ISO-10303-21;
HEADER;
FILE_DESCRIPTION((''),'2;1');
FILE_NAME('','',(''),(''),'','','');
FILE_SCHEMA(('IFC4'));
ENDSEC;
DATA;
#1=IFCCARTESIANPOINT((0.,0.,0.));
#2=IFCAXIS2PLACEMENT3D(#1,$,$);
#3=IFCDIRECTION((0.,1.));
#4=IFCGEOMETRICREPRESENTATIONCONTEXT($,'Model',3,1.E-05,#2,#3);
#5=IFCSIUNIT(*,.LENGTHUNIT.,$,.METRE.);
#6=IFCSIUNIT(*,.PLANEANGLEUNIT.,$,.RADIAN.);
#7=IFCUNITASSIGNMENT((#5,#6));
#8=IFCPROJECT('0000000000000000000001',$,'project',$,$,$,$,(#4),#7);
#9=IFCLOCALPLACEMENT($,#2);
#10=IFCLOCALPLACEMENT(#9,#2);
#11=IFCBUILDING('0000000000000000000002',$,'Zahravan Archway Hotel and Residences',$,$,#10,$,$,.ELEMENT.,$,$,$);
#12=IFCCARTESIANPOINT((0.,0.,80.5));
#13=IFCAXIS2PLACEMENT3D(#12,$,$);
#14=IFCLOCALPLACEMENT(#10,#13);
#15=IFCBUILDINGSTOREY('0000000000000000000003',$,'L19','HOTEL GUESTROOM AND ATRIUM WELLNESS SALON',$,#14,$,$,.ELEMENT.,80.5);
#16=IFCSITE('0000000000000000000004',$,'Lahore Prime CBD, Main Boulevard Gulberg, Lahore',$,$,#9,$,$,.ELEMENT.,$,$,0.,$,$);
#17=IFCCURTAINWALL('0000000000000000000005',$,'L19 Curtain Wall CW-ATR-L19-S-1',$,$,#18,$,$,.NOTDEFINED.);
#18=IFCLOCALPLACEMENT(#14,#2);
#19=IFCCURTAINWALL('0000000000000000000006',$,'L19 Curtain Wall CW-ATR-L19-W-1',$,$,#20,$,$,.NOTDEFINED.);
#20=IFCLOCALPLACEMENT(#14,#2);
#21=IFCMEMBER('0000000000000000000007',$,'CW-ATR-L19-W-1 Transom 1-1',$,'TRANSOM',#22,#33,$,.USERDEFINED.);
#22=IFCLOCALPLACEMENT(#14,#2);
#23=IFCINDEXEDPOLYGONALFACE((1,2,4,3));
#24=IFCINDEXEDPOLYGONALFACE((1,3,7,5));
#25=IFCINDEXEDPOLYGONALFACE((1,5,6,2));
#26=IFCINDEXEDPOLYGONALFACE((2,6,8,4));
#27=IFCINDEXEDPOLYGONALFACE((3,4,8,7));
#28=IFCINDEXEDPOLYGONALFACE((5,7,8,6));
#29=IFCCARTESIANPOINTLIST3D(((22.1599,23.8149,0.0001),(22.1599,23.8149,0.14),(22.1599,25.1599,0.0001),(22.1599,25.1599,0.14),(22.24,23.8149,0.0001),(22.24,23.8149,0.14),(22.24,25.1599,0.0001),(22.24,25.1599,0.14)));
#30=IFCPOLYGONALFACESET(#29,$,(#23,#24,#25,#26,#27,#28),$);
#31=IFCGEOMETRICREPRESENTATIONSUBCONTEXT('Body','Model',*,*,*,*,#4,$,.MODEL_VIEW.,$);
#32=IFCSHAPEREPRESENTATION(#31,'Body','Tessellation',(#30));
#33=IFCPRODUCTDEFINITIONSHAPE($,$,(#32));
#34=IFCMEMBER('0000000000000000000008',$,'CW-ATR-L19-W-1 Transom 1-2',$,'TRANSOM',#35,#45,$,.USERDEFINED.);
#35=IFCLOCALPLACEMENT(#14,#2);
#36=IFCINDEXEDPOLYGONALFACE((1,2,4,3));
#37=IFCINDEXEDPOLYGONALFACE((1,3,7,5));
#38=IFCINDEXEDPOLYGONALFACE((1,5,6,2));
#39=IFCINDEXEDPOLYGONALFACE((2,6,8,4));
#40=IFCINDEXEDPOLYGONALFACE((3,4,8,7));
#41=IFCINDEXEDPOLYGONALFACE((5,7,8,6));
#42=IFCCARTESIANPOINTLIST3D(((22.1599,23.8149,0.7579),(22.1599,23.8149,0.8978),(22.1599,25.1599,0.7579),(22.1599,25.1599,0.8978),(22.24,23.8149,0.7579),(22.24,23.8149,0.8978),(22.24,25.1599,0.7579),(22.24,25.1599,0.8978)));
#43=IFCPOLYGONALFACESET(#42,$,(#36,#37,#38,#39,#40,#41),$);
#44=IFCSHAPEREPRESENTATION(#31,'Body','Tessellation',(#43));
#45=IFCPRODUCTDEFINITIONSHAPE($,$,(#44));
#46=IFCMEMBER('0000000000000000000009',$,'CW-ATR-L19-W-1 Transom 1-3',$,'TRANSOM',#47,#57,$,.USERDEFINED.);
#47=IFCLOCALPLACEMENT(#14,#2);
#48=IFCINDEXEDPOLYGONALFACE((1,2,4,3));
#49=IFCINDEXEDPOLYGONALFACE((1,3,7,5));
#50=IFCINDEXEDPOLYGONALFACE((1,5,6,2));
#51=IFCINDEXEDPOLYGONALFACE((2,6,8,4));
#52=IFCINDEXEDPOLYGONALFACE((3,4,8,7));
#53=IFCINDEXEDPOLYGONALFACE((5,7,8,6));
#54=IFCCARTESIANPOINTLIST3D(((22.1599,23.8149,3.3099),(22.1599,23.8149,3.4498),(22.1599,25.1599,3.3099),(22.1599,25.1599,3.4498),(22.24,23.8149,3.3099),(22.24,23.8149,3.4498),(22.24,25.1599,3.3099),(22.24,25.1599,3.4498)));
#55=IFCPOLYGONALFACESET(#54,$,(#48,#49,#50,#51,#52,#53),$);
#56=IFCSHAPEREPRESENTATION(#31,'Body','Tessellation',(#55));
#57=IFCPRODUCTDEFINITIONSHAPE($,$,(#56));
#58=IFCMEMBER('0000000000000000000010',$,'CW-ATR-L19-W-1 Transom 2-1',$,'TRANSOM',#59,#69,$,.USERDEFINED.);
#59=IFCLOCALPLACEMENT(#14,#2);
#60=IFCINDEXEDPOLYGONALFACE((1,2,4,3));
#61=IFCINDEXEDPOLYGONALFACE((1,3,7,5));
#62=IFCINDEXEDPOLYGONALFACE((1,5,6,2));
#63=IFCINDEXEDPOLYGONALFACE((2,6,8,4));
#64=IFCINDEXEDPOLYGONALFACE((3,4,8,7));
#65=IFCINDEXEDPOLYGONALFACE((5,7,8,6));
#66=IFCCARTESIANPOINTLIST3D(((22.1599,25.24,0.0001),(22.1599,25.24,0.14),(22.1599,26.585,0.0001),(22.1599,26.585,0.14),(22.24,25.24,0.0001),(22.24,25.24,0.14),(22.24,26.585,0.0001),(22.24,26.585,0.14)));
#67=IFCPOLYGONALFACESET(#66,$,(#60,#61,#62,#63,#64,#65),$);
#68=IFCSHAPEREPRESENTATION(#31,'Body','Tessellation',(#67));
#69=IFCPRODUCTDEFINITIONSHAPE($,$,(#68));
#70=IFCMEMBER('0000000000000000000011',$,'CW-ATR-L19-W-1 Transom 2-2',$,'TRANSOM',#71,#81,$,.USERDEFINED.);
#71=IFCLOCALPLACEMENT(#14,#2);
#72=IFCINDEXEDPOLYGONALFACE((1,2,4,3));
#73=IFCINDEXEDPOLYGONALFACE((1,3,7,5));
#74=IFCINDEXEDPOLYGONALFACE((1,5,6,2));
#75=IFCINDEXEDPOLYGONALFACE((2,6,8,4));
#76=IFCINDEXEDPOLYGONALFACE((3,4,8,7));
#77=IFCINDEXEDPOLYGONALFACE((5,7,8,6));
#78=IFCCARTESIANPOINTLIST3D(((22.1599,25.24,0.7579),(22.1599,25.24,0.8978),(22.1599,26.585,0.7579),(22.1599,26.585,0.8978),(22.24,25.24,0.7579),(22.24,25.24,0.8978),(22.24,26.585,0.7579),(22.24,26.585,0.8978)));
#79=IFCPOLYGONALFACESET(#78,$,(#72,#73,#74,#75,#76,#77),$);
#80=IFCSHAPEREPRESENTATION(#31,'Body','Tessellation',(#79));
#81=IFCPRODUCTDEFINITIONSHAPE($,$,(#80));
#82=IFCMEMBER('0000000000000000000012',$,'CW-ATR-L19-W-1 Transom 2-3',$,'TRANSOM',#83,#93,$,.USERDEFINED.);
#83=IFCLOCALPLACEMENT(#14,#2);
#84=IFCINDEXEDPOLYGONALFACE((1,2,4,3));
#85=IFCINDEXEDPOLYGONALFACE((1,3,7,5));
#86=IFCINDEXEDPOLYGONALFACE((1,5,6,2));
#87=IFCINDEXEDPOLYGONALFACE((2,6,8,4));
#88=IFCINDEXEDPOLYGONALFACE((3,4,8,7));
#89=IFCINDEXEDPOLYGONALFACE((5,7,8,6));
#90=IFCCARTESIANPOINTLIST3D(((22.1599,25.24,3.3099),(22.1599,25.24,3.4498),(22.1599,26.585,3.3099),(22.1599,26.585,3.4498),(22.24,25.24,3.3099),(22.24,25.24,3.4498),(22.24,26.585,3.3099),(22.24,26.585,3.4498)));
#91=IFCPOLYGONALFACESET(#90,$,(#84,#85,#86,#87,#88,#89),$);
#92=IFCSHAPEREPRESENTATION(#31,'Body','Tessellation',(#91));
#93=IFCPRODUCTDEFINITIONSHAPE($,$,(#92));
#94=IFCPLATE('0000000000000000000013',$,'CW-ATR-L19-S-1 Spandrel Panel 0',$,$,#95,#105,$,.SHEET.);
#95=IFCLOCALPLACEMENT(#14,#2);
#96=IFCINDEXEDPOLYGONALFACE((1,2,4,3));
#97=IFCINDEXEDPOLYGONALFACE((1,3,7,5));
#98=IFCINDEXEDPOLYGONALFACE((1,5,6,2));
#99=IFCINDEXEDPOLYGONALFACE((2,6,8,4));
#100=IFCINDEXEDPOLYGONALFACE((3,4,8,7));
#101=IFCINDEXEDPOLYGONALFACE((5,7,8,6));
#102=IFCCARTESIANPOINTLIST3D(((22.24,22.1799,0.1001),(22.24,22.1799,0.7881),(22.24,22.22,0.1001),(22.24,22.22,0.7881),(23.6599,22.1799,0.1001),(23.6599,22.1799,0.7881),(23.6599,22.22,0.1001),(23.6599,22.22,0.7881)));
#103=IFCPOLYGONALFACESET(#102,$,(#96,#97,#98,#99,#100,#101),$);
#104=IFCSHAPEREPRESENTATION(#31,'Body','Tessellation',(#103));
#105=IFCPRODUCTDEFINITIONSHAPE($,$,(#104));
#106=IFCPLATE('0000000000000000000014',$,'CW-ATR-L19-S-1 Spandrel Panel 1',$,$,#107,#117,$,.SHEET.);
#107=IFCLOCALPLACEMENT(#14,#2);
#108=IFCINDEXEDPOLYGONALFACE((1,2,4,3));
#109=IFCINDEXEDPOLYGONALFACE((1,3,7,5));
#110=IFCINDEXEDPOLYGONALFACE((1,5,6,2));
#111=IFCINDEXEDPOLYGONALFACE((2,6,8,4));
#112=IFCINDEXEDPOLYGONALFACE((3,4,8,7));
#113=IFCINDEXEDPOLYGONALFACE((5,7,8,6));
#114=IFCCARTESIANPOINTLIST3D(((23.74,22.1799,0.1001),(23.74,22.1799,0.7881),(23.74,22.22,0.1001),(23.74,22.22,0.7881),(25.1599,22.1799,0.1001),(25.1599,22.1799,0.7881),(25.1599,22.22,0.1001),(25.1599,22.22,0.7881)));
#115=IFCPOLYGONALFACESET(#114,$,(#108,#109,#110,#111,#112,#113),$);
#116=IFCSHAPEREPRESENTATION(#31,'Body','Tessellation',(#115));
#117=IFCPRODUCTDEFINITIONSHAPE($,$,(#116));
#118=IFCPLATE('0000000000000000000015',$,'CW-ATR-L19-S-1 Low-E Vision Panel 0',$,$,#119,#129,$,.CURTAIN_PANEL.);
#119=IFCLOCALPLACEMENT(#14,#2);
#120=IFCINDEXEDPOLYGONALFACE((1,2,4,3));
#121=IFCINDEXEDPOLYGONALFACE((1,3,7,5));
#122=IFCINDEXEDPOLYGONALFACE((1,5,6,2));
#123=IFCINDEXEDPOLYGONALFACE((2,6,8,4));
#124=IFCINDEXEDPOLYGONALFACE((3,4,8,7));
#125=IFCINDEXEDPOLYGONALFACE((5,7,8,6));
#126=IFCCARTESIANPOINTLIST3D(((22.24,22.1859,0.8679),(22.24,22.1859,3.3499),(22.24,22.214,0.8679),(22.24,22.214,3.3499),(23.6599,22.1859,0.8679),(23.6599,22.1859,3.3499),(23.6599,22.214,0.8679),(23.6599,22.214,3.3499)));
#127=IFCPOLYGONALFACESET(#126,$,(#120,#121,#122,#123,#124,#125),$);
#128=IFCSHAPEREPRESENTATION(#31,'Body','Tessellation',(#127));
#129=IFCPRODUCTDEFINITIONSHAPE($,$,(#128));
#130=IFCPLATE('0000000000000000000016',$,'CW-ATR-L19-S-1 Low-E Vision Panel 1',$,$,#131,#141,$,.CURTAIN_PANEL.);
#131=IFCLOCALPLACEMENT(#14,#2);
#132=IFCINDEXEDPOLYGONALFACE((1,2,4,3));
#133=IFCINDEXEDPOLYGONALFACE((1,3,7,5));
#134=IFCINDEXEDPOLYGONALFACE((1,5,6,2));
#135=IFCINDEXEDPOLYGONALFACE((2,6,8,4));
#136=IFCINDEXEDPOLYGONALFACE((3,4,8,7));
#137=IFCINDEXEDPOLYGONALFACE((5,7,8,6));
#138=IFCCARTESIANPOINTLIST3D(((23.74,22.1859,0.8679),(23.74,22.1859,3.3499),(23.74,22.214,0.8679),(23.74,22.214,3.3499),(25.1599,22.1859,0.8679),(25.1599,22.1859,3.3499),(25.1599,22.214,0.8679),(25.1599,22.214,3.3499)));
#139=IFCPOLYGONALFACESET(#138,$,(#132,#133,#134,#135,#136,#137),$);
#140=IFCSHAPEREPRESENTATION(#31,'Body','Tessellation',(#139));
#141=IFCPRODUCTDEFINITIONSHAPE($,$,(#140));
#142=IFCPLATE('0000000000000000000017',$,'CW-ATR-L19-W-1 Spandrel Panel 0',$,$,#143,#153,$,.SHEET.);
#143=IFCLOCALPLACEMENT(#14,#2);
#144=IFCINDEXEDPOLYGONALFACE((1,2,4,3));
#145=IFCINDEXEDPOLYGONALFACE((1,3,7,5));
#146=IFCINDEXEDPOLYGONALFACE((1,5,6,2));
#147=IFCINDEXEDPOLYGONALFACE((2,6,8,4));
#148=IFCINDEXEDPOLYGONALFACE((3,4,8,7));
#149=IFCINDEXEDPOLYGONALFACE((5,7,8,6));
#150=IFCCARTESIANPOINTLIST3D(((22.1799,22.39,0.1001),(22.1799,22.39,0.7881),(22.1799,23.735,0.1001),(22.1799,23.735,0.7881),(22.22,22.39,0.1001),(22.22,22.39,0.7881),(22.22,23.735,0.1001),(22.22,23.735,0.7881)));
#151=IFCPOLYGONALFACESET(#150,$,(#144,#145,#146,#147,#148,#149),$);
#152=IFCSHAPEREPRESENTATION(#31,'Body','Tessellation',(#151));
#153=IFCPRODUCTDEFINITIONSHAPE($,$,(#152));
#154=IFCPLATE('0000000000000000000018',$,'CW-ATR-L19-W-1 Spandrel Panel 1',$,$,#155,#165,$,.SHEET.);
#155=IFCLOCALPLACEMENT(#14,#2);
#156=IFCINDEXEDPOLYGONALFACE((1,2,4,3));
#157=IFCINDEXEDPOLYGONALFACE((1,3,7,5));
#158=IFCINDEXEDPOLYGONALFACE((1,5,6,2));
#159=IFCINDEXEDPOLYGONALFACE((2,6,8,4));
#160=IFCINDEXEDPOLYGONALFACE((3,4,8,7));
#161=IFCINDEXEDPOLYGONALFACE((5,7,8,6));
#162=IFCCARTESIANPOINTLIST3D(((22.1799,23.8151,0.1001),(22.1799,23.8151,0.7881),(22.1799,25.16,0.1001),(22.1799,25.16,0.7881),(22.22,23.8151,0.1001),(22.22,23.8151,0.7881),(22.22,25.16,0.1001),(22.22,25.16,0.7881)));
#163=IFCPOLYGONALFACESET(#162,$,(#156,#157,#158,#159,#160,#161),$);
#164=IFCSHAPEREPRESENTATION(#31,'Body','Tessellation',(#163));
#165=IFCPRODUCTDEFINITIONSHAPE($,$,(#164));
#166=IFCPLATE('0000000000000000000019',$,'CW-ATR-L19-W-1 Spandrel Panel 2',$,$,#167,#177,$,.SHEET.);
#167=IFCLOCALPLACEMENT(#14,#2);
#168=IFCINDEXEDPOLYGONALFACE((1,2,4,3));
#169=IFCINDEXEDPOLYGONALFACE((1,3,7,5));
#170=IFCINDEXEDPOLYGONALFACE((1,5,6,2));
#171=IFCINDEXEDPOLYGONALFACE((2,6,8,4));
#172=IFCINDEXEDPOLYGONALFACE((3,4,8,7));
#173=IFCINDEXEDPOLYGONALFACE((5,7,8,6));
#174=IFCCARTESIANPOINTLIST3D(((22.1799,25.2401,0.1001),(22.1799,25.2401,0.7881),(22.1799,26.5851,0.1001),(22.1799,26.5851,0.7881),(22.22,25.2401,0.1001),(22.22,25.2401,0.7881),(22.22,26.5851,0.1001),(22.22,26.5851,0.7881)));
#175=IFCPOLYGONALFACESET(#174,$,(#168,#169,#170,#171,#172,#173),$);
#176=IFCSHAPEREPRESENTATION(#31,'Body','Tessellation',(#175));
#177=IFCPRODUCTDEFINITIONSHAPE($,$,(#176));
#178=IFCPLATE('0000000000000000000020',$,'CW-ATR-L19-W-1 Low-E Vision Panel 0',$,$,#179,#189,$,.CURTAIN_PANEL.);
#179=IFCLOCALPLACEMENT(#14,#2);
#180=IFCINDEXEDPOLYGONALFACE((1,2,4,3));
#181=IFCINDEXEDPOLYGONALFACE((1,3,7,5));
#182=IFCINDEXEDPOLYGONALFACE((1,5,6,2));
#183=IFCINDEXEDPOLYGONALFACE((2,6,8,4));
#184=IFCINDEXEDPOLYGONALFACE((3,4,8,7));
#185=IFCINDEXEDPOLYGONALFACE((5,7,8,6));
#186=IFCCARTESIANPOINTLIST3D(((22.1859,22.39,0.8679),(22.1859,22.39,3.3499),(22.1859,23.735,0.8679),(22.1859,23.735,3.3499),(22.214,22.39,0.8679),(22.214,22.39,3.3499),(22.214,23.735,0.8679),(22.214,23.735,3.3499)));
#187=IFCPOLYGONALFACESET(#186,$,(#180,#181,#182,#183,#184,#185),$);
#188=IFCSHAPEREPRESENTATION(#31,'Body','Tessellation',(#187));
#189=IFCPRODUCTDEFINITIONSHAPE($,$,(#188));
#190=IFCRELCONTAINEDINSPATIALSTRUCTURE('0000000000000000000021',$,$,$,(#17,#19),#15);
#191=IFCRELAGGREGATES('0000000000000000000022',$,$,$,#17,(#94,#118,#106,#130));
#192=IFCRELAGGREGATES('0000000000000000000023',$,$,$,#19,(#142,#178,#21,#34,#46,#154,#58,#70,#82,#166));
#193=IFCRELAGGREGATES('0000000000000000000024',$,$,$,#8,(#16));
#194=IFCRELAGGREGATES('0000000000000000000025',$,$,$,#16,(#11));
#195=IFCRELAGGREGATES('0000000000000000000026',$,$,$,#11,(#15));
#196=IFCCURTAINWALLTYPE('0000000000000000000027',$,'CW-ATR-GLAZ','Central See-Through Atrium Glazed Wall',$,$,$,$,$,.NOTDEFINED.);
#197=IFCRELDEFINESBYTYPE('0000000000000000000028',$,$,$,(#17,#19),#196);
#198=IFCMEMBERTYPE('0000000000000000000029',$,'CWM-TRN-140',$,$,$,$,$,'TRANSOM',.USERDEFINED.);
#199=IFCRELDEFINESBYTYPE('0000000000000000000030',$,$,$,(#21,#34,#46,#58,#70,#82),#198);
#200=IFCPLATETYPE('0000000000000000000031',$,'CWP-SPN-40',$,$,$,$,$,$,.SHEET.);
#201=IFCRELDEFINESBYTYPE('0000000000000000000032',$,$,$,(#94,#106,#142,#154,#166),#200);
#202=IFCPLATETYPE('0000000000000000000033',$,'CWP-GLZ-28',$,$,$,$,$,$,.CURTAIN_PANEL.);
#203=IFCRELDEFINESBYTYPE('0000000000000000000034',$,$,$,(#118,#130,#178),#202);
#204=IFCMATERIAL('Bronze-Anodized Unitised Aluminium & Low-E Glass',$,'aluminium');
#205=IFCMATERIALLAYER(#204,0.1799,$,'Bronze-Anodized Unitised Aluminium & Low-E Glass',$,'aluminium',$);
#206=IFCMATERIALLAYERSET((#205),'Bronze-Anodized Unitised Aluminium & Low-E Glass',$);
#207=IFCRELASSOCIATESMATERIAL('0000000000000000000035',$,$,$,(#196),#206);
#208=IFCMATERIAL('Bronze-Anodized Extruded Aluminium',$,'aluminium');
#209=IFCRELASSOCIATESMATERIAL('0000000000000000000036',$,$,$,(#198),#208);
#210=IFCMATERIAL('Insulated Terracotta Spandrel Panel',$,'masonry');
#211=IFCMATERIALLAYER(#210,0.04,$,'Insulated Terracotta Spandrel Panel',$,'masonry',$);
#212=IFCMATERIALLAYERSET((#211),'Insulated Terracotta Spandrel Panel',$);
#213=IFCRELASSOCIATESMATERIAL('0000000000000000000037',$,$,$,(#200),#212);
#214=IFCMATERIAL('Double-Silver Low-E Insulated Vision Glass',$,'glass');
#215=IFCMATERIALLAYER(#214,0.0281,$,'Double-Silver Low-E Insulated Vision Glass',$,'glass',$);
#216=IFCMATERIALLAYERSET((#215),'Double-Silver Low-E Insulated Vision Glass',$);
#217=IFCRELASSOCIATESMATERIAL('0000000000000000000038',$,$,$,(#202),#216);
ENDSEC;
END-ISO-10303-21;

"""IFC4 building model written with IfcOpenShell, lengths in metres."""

from ifc_helpers import new_model, si_unit, direction, frame, origin, origin_2d, place, context, subcontext, project, spatial, rectangle, extrude, source, transform, mapped, material, layer, layer_set, material_profile, profile_set, type_object, element, aggregate, save


model = new_model("IFC4")

# Units and contexts
model_context = context("Model", 3, precision=1e-05, world=origin(), true_north=direction((0.0, 1.0)))
body_context = subcontext(model_context, "Body", "Model", "MODEL_VIEW")
ifc_project = project(units=[si_unit("LENGTHUNIT", "METRE"), si_unit("PLANEANGLEUNIT", "RADIAN")], contexts=[model_context])

# Site, building, storey
site_placement = place(None, origin())
site = spatial("IfcSite", under=ifc_project, at=site_placement, Name="Lahore Prime CBD, Main Boulevard Gulberg, Lahore", CompositionType="ELEMENT", RefElevation=0.0)
building_placement = place(site_placement, origin())
building = spatial("IfcBuilding", under=site, at=building_placement, Name="Zahravan Archway Hotel and Residences", CompositionType="ELEMENT")
storey_placement = place(building_placement, frame((0.0, 0.0, 80.5)))
storey = spatial("IfcBuildingStorey", under=building, at=storey_placement, Name="L19", Description="HOTEL GUESTROOM AND ATRIUM WELLNESS SALON", CompositionType="ELEMENT", Elevation=80.5)

# Curtain walls
ifc_material_1 = material(Name="Bronze-Anodized Unitised Aluminium & Low-E Glass", Category="aluminium")
ifc_layer_1 = layer(ifc_material_1, 0.1799, Name="Bronze-Anodized Unitised Aluminium & Low-E Glass", Category="aluminium")
ifc_layer_set_1 = layer_set([ifc_layer_1], Name="Bronze-Anodized Unitised Aluminium & Low-E Glass")
curtain_wall_type = type_object("IfcCurtainWallType", Name="CW-ATR-GLAZ", Description="Central See-Through Atrium Glazed Wall", PredefinedType="NOTDEFINED", material=ifc_layer_set_1)
curtain_wall_1_placement = place(storey_placement, origin())
curtain_wall_1 = element("IfcCurtainWall", 1, at=curtain_wall_1_placement, inside=storey, type_object=curtain_wall_type, Name="L19 Curtain Wall CW-ATR-L19-S-1", PredefinedType="NOTDEFINED")
ifc_material_2 = material(Name="Bronze-Anodized Extruded Aluminium", Category="aluminium")
curtain_wall_2_placement = place(storey_placement, origin())
curtain_wall_2 = element("IfcCurtainWall", 2, at=curtain_wall_2_placement, inside=storey, type_object=curtain_wall_type, Name="L19 Curtain Wall CW-ATR-L19-W-1", PredefinedType="NOTDEFINED")

# Members
ifc_material_profile_1 = material_profile(ifc_material_2, rectangle(XDim=0.0801, YDim=0.1399, at=origin_2d()), Name="TRN 80x140", Category="aluminium")
ifc_profile_set_1 = profile_set([ifc_material_profile_1], Name="Bronze-Anodized Extruded Aluminium")
member_type_1 = type_object("IfcMemberType", Name="CWM-TRN-140", ElementType="TRANSOM", PredefinedType="USERDEFINED", material=ifc_profile_set_1)
shared_shape_1 = source(origin(), body_context, "Body", "SweptSolid", [
    extrude(rectangle(XDim=0.0801, YDim=0.1399, at=origin_2d()), origin(), (0.0, 0.0, 1.0), 1.345),
])
member_1_placement = place(storey_placement, frame((22.2, 23.8149, 0.0701), z_axis=(0.0, 1.0, 0.0), x_axis=(-1.0, 0.0, 0.0)))
member_1 = element("IfcMember", 3, at=member_1_placement, type_object=member_type_1, Name="CW-ATR-L19-W-1 Transom 1-1", ObjectType="TRANSOM", PredefinedType="USERDEFINED", context=body_context, shape_type="MappedRepresentation", body=[
    mapped(shared_shape_1, transform((0.0, 0.0, 0.0), scale=1.0)),
])
member_2_placement = place(storey_placement, frame((22.2, 23.8149, 0.8279), z_axis=(0.0, 1.0, 0.0), x_axis=(-1.0, 0.0, 0.0)))
member_2 = element("IfcMember", 4, at=member_2_placement, type_object=member_type_1, Name="CW-ATR-L19-W-1 Transom 1-2", ObjectType="TRANSOM", PredefinedType="USERDEFINED", context=body_context, shape_type="MappedRepresentation", body=[
    mapped(shared_shape_1, transform((0.0, 0.0, 0.0), scale=1.0)),
])
member_3_placement = place(storey_placement, frame((22.2, 23.8149, 3.3799), z_axis=(0.0, 1.0, 0.0), x_axis=(-1.0, 0.0, 0.0)))
member_3 = element("IfcMember", 5, at=member_3_placement, type_object=member_type_1, Name="CW-ATR-L19-W-1 Transom 1-3", ObjectType="TRANSOM", PredefinedType="USERDEFINED", context=body_context, shape_type="MappedRepresentation", body=[
    mapped(shared_shape_1, transform((0.0, 0.0, 0.0), scale=1.0)),
])
member_4_placement = place(storey_placement, frame((22.2, 25.24, 0.0701), z_axis=(0.0, 1.0, 0.0), x_axis=(-1.0, 0.0, 0.0)))
member_4 = element("IfcMember", 6, at=member_4_placement, type_object=member_type_1, Name="CW-ATR-L19-W-1 Transom 2-1", ObjectType="TRANSOM", PredefinedType="USERDEFINED", context=body_context, shape_type="MappedRepresentation", body=[
    mapped(shared_shape_1, transform((0.0, 0.0, 0.0), scale=1.0)),
])
member_5_placement = place(storey_placement, frame((22.2, 25.24, 0.8279), z_axis=(0.0, 1.0, 0.0), x_axis=(-1.0, 0.0, 0.0)))
member_5 = element("IfcMember", 7, at=member_5_placement, type_object=member_type_1, Name="CW-ATR-L19-W-1 Transom 2-2", ObjectType="TRANSOM", PredefinedType="USERDEFINED", context=body_context, shape_type="MappedRepresentation", body=[
    mapped(shared_shape_1, transform((0.0, 0.0, 0.0), scale=1.0)),
])
member_6_placement = place(storey_placement, frame((22.2, 25.24, 3.3799), z_axis=(0.0, 1.0, 0.0), x_axis=(-1.0, 0.0, 0.0)))
member_6 = element("IfcMember", 8, at=member_6_placement, type_object=member_type_1, Name="CW-ATR-L19-W-1 Transom 2-3", ObjectType="TRANSOM", PredefinedType="USERDEFINED", context=body_context, shape_type="MappedRepresentation", body=[
    mapped(shared_shape_1, transform((0.0, 0.0, 0.0), scale=1.0)),
])

# Plates
ifc_material_3 = material(Name="Insulated Terracotta Spandrel Panel", Category="masonry")
ifc_layer_2 = layer(ifc_material_3, 0.04, Name="Insulated Terracotta Spandrel Panel", Category="masonry")
ifc_layer_set_2 = layer_set([ifc_layer_2], Name="Insulated Terracotta Spandrel Panel")
plate_type_1 = type_object("IfcPlateType", Name="CWP-SPN-40", PredefinedType="SHEET", material=ifc_layer_set_2)
shared_shape_2 = source(origin(), body_context, "Body", "SweptSolid", [
    extrude(rectangle(XDim=1.4199, YDim=0.04, at=origin_2d()), origin(), (0.0, 0.0, 1.0), 0.688),
])
plate_1_placement = place(storey_placement, frame((22.95, 22.2, 0.1001), z_axis=(0.0, 0.0, 1.0), x_axis=(1.0, 0.0, 0.0)))
plate_1 = element("IfcPlate", 9, at=plate_1_placement, type_object=plate_type_1, Name="CW-ATR-L19-S-1 Spandrel Panel 0", PredefinedType="SHEET", context=body_context, shape_type="MappedRepresentation", body=[
    mapped(shared_shape_2, transform((0.0, 0.0, 0.0), scale=1.0)),
])
plate_2_placement = place(storey_placement, frame((24.45, 22.2, 0.1001), z_axis=(0.0, 0.0, 1.0), x_axis=(1.0, 0.0, 0.0)))
plate_2 = element("IfcPlate", 10, at=plate_2_placement, type_object=plate_type_1, Name="CW-ATR-L19-S-1 Spandrel Panel 1", PredefinedType="SHEET", context=body_context, shape_type="MappedRepresentation", body=[
    mapped(shared_shape_2, transform((0.0, 0.0, 0.0), scale=1.0)),
])
ifc_material_4 = material(Name="Double-Silver Low-E Insulated Vision Glass", Category="glass")
ifc_layer_3 = layer(ifc_material_4, 0.0281, Name="Double-Silver Low-E Insulated Vision Glass", Category="glass")
ifc_layer_set_3 = layer_set([ifc_layer_3], Name="Double-Silver Low-E Insulated Vision Glass")
plate_type_2 = type_object("IfcPlateType", Name="CWP-GLZ-28", PredefinedType="CURTAIN_PANEL", material=ifc_layer_set_3)
shared_shape_3 = source(origin(), body_context, "Body", "SweptSolid", [
    extrude(rectangle(XDim=1.4199, YDim=0.0281, at=origin_2d()), origin(), (0.0, 0.0, 1.0), 2.4819),
])
plate_3_placement = place(storey_placement, frame((22.95, 22.2, 0.8679), z_axis=(0.0, 0.0, 1.0), x_axis=(1.0, 0.0, 0.0)))
plate_3 = element("IfcPlate", 11, at=plate_3_placement, type_object=plate_type_2, Name="CW-ATR-L19-S-1 Low-E Vision Panel 0", PredefinedType="CURTAIN_PANEL", context=body_context, shape_type="MappedRepresentation", body=[
    mapped(shared_shape_3, transform((0.0, 0.0, 0.0), scale=1.0)),
])
plate_4_placement = place(storey_placement, frame((24.45, 22.2, 0.8679), z_axis=(0.0, 0.0, 1.0), x_axis=(1.0, 0.0, 0.0)))
plate_4 = element("IfcPlate", 12, at=plate_4_placement, type_object=plate_type_2, Name="CW-ATR-L19-S-1 Low-E Vision Panel 1", PredefinedType="CURTAIN_PANEL", context=body_context, shape_type="MappedRepresentation", body=[
    mapped(shared_shape_3, transform((0.0, 0.0, 0.0), scale=1.0)),
])
aggregate(curtain_wall_1, [plate_1, plate_3, plate_2, plate_4])
shared_shape_4 = source(origin(), body_context, "Body", "SweptSolid", [
    extrude(rectangle(XDim=1.345, YDim=0.04, at=origin_2d()), origin(), (0.0, 0.0, 1.0), 0.688),
])
plate_5_placement = place(storey_placement, frame((22.2, 23.0625, 0.1001), z_axis=(0.0, 0.0, 1.0), x_axis=(0.0, 1.0, 0.0)))
plate_5 = element("IfcPlate", 13, at=plate_5_placement, type_object=plate_type_1, Name="CW-ATR-L19-W-1 Spandrel Panel 0", PredefinedType="SHEET", context=body_context, shape_type="MappedRepresentation", body=[
    mapped(shared_shape_4, transform((0.0, 0.0, 0.0), scale=1.0)),
])
plate_6_placement = place(storey_placement, frame((22.2, 24.4875, 0.1001), z_axis=(0.0, 0.0, 1.0), x_axis=(0.0, 1.0, 0.0)))
plate_6 = element("IfcPlate", 14, at=plate_6_placement, type_object=plate_type_1, Name="CW-ATR-L19-W-1 Spandrel Panel 1", PredefinedType="SHEET", context=body_context, shape_type="MappedRepresentation", body=[
    mapped(shared_shape_4, transform((0.0, 0.0, 0.0), scale=1.0)),
])
plate_7_placement = place(storey_placement, frame((22.2, 25.9126, 0.1001), z_axis=(0.0, 0.0, 1.0), x_axis=(0.0, 1.0, 0.0)))
plate_7 = element("IfcPlate", 15, at=plate_7_placement, type_object=plate_type_1, Name="CW-ATR-L19-W-1 Spandrel Panel 2", PredefinedType="SHEET", context=body_context, shape_type="MappedRepresentation", body=[
    mapped(shared_shape_4, transform((0.0, 0.0, 0.0), scale=1.0)),
])
shared_shape_5 = source(origin(), body_context, "Body", "SweptSolid", [
    extrude(rectangle(XDim=1.345, YDim=0.0281, at=origin_2d()), origin(), (0.0, 0.0, 1.0), 2.4819),
])
plate_8_placement = place(storey_placement, frame((22.2, 23.0625, 0.8679), z_axis=(0.0, 0.0, 1.0), x_axis=(0.0, 1.0, 0.0)))
plate_8 = element("IfcPlate", 16, at=plate_8_placement, type_object=plate_type_2, Name="CW-ATR-L19-W-1 Low-E Vision Panel 0", PredefinedType="CURTAIN_PANEL", context=body_context, shape_type="MappedRepresentation", body=[
    mapped(shared_shape_5, transform((0.0, 0.0, 0.0), scale=1.0)),
])
aggregate(curtain_wall_2, [plate_5, plate_8, member_1, member_2, member_3, plate_6, member_4, member_5, member_6, plate_7])

save(model, "model.ifc")
